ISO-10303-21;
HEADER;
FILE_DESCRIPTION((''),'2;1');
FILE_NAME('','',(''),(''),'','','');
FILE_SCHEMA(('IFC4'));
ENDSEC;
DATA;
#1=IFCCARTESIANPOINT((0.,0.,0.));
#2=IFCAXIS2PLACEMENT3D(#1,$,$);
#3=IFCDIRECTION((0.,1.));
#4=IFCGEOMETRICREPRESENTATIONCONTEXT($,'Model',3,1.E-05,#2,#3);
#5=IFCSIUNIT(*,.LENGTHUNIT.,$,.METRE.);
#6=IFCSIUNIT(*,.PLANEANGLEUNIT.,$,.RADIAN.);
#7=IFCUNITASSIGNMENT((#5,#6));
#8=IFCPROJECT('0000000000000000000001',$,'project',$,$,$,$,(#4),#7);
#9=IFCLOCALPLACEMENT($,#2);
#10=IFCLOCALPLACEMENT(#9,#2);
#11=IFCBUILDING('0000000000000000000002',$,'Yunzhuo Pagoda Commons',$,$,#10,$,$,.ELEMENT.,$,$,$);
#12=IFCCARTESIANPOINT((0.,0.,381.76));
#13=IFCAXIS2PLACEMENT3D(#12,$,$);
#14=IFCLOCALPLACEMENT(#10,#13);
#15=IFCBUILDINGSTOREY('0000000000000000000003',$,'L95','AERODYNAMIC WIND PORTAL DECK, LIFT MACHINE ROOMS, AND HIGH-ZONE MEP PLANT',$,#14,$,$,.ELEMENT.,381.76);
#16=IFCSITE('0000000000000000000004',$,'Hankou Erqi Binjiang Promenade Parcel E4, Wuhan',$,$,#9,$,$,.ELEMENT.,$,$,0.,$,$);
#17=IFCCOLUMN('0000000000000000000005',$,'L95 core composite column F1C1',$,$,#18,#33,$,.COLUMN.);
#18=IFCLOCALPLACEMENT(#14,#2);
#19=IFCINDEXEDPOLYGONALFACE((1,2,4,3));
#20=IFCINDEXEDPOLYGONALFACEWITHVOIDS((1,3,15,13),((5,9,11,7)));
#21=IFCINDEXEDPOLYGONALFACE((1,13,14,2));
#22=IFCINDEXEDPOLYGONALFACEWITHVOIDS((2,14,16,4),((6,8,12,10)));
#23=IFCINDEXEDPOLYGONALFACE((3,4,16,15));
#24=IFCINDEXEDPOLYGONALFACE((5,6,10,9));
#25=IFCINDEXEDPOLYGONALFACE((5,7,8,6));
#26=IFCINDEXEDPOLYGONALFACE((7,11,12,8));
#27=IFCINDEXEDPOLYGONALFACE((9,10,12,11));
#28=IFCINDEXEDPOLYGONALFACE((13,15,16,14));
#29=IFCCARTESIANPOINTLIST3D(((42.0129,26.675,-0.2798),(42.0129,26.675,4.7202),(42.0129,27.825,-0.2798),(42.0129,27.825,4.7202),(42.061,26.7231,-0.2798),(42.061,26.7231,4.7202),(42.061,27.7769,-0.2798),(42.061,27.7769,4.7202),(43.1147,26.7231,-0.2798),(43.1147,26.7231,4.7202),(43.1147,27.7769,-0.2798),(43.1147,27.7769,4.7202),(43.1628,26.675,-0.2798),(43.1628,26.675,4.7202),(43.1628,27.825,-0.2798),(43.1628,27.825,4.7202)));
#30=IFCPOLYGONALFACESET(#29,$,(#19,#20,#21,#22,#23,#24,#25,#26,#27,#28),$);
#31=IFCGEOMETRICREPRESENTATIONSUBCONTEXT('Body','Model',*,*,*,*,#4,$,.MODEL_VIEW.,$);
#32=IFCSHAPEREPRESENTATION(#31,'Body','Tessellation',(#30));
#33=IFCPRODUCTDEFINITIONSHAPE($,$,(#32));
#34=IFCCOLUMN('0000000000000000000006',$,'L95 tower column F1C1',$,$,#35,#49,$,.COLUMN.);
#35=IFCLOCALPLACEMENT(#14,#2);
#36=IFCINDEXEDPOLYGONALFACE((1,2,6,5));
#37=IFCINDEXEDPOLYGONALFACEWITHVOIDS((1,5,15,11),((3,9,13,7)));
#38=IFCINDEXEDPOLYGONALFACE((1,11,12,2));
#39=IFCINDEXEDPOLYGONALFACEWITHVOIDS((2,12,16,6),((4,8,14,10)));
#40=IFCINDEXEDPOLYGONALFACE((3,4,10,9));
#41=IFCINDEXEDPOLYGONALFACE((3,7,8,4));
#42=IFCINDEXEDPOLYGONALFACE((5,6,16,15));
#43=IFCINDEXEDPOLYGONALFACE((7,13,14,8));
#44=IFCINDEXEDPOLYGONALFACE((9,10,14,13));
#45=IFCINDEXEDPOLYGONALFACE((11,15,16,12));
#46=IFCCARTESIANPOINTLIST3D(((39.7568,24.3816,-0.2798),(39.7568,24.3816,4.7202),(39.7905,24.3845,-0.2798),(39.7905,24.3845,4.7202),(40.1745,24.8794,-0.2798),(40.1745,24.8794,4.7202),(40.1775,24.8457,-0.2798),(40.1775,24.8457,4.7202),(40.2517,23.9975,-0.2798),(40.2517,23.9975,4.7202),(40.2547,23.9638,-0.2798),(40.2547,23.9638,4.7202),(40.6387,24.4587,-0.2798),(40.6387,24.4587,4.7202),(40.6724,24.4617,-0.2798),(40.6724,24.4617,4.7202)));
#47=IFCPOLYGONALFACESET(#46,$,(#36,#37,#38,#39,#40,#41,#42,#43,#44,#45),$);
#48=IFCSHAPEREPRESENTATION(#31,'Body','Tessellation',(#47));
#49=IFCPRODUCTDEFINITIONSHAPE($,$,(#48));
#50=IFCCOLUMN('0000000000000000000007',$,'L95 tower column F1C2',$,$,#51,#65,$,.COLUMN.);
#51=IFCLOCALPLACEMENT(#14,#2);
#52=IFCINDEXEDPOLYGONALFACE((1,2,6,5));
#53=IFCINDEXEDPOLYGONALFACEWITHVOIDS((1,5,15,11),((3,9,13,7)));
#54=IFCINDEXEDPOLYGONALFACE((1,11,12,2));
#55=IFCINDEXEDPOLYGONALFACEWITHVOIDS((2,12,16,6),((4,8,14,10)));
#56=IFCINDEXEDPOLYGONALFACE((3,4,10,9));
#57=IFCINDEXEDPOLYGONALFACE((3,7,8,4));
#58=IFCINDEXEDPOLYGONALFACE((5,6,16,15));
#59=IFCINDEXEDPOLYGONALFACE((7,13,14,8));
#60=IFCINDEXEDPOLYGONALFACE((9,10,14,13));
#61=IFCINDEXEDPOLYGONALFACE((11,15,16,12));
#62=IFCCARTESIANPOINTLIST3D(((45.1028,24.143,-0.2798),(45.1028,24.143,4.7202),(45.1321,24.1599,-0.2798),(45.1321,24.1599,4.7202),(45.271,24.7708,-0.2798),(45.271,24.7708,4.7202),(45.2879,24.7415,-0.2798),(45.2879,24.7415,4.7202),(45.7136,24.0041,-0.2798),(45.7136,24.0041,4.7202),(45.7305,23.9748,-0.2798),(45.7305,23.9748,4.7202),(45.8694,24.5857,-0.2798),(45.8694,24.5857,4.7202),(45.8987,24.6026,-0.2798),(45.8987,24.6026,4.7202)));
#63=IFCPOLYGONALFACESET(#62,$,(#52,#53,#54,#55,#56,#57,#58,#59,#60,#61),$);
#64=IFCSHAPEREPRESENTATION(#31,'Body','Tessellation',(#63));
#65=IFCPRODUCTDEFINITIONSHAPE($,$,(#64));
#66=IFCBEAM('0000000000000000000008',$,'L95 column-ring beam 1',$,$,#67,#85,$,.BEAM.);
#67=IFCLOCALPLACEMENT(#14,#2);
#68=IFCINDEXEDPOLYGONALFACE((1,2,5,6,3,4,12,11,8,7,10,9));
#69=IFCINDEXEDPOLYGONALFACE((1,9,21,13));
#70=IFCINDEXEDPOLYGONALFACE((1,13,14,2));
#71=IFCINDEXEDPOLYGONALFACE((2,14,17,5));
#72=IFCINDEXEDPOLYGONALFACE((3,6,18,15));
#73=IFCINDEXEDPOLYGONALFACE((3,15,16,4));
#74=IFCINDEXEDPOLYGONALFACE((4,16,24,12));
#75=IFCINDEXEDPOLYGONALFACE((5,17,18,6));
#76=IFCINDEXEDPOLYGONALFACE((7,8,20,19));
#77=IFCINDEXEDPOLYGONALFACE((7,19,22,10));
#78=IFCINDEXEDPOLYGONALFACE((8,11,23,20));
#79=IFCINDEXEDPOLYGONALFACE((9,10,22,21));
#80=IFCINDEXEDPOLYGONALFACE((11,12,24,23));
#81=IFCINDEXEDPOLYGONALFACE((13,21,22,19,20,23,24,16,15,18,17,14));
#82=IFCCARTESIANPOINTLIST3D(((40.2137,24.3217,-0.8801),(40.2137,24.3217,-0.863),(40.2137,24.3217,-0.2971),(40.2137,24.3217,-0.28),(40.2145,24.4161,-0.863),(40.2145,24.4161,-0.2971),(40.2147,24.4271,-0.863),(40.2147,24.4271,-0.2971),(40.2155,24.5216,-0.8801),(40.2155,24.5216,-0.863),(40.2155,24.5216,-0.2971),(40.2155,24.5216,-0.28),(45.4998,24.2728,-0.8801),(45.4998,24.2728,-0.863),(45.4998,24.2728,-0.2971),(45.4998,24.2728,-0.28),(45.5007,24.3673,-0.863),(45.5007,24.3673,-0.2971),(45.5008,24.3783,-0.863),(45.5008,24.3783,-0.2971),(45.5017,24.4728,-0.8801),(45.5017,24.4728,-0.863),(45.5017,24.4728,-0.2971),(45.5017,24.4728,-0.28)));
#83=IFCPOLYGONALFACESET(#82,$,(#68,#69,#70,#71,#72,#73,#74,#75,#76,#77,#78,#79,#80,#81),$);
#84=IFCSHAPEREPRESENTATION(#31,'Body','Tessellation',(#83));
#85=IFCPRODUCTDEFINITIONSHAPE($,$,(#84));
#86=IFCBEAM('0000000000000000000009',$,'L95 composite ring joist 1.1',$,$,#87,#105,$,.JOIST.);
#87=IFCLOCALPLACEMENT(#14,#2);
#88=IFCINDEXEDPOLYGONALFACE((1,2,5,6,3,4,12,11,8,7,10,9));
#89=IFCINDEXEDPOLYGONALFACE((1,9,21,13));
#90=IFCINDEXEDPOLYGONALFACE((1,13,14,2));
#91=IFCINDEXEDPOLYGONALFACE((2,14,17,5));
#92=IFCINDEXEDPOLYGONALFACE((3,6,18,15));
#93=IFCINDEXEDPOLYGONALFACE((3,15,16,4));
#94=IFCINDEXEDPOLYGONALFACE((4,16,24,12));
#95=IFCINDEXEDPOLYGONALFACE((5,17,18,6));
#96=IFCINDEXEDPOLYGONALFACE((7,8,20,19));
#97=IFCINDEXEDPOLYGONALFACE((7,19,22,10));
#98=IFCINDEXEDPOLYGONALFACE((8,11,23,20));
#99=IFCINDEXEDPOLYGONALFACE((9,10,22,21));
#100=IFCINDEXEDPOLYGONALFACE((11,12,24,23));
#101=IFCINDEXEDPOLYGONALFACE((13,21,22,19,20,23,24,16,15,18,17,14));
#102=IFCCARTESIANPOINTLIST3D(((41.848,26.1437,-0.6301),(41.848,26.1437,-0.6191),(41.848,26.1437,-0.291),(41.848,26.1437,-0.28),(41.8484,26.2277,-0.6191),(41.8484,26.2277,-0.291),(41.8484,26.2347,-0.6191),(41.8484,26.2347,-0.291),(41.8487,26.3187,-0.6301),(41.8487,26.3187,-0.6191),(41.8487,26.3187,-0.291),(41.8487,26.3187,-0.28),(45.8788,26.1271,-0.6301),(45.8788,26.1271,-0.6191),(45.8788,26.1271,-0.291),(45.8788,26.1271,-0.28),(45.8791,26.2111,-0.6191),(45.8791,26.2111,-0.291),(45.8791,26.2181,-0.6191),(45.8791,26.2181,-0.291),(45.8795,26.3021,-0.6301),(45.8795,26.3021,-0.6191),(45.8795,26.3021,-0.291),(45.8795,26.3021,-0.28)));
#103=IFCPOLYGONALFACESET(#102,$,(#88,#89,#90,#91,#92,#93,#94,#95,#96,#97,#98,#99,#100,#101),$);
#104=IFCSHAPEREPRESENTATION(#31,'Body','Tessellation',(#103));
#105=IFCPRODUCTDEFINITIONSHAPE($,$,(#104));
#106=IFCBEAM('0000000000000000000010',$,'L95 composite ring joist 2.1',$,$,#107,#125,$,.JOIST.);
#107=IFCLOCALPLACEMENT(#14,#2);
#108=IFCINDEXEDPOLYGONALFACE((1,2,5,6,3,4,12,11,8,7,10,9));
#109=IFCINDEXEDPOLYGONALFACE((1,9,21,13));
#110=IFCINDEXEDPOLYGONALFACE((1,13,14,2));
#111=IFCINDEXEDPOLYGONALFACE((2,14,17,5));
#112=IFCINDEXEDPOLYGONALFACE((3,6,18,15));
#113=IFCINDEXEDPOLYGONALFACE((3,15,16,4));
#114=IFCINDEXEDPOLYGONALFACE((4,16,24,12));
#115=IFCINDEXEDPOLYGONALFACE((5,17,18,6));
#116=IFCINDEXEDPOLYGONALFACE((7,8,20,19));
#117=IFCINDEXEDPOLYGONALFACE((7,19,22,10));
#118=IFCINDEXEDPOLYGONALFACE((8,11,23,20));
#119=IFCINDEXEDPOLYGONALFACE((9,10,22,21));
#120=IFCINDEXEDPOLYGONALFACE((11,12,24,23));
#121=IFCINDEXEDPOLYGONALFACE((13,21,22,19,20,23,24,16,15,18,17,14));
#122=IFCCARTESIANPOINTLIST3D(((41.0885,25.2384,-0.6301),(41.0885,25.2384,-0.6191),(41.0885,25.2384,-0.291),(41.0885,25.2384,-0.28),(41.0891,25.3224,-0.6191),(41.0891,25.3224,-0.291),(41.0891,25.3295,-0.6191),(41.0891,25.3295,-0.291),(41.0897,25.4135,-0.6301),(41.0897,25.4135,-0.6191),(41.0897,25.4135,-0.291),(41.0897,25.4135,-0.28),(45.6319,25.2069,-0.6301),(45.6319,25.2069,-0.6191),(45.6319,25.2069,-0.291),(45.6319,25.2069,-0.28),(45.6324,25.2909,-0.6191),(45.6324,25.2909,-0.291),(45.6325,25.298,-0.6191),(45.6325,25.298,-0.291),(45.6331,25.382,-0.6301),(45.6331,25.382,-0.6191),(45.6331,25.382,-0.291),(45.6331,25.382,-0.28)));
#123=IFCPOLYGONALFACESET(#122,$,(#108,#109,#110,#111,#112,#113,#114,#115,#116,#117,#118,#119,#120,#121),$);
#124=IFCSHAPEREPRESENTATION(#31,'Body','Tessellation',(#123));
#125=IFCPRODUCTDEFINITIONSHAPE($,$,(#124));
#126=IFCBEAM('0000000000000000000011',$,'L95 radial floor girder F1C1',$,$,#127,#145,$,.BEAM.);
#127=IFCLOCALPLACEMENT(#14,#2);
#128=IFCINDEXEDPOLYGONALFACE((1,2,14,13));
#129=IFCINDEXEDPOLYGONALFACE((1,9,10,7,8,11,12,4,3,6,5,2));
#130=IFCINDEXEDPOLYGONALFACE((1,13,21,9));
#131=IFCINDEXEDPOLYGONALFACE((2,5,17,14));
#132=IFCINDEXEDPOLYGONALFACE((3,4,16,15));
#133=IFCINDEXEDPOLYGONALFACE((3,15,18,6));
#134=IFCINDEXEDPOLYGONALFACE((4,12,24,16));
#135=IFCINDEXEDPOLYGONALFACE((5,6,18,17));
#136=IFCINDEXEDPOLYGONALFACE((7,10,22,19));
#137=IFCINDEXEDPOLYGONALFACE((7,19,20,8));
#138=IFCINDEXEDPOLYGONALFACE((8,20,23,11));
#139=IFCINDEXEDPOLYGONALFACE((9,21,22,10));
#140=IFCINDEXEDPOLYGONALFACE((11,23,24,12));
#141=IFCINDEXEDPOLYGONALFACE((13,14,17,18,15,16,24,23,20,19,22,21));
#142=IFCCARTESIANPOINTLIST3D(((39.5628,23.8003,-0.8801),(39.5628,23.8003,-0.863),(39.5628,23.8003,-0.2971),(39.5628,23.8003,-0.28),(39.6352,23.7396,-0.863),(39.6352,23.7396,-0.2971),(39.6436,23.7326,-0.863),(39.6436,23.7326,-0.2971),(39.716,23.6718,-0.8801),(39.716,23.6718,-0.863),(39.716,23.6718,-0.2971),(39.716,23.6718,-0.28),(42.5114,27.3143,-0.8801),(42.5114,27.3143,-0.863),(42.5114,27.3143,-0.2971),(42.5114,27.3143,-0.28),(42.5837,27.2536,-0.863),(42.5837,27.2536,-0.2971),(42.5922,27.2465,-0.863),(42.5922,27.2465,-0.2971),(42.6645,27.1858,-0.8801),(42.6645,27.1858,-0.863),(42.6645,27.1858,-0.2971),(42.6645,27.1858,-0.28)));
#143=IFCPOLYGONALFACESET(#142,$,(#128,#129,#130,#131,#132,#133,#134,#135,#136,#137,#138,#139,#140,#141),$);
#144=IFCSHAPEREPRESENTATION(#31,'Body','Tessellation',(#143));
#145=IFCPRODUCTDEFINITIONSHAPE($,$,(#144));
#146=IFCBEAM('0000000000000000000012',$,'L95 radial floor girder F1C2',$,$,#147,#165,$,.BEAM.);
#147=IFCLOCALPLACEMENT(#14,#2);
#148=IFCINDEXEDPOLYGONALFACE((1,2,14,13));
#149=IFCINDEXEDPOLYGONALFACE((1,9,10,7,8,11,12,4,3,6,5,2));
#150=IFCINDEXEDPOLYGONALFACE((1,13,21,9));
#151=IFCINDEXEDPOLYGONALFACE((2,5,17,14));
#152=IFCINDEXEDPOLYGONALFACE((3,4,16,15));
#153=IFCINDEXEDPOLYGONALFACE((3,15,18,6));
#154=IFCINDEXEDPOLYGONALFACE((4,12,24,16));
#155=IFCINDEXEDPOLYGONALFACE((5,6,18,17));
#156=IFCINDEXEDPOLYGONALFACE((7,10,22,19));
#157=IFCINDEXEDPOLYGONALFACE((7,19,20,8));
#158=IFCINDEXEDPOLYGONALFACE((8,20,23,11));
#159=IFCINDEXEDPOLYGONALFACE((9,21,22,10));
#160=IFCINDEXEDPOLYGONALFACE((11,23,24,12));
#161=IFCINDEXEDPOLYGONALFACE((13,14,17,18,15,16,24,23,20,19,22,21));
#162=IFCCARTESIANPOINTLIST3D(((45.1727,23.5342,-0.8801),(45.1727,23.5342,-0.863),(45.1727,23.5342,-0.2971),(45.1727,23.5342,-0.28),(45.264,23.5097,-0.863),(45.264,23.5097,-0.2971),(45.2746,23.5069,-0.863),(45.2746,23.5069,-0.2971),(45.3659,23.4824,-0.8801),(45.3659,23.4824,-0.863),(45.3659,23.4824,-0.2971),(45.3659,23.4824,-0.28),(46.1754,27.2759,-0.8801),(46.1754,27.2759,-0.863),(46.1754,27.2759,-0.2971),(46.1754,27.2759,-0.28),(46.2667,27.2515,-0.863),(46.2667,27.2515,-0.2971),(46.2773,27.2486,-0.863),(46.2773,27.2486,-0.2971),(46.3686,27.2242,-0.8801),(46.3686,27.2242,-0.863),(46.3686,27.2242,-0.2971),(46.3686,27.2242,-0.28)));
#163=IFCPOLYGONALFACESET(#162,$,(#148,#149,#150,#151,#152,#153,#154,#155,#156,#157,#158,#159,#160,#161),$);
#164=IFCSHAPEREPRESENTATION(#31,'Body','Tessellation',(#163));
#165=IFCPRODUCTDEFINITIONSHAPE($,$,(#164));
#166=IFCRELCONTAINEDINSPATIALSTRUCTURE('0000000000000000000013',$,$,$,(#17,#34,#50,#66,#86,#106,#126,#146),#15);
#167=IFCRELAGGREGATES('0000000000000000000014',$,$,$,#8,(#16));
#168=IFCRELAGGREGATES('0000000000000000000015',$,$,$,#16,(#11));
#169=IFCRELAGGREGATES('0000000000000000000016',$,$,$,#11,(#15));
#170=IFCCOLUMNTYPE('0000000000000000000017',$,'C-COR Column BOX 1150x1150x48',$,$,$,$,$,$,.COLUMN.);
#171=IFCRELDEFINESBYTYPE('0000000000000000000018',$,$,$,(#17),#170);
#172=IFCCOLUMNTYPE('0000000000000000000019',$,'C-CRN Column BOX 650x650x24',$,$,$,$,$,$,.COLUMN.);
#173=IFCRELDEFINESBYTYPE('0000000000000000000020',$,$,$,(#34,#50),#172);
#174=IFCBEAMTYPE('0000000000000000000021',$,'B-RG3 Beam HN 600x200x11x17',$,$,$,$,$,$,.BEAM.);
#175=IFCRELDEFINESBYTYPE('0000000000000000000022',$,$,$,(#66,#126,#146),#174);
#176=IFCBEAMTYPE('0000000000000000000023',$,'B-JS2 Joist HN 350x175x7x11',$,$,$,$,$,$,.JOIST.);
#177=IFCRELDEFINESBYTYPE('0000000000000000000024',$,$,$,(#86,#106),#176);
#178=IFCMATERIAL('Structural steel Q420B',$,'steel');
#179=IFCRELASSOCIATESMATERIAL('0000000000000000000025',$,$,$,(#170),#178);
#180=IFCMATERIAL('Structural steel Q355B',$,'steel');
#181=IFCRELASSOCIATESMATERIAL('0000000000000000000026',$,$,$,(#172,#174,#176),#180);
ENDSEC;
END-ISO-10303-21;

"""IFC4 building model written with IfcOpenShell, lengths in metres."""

from ifc_helpers import new_model, si_unit, direction, frame, origin, origin_2d, place, context, subcontext, project, spatial, hollow_rectangle, i_section, extrude, source, transform, mapped, material, material_profile, profile_set, type_object, element, save


model = new_model("IFC4")

# Units and contexts
model_context = context("Model", 3, precision=1e-05, world=origin(), true_north=direction((0.0, 1.0)))
body_context = subcontext(model_context, "Body", "Model", "MODEL_VIEW")
ifc_project = project(units=[si_unit("LENGTHUNIT", "METRE"), si_unit("PLANEANGLEUNIT", "RADIAN")], contexts=[model_context])

# Site, building, storey
site_placement = place(None, origin())
site = spatial("IfcSite", under=ifc_project, at=site_placement, Name="Hankou Erqi Binjiang Promenade Parcel E4, Wuhan", CompositionType="ELEMENT", RefElevation=0.0)
building_placement = place(site_placement, origin())
building = spatial("IfcBuilding", under=site, at=building_placement, Name="Yunzhuo Pagoda Commons", CompositionType="ELEMENT")
storey_placement = place(building_placement, frame((0.0, 0.0, 381.76)))
storey = spatial("IfcBuildingStorey", under=building, at=storey_placement, Name="L95", Description="AERODYNAMIC WIND PORTAL DECK, LIFT MACHINE ROOMS, AND HIGH-ZONE MEP PLANT", CompositionType="ELEMENT", Elevation=381.76)

# Columns
ifc_material_1 = material(Name="Structural steel Q420B", Category="steel")
ifc_material_profile_1 = material_profile(ifc_material_1, hollow_rectangle(XDim=1.1499, YDim=1.1499, WallThickness=0.0481, at=origin_2d()), Name="Structural steel Q420B")
ifc_profile_set_1 = profile_set([ifc_material_profile_1], Name="Structural steel Q420B")
column_type_1 = type_object("IfcColumnType", Name="C-COR Column BOX 1150x1150x48", PredefinedType="COLUMN", material=ifc_profile_set_1)
shared_shape_1 = source(origin(), body_context, "Body", "SweptSolid", [
    extrude(hollow_rectangle(XDim=1.1499, YDim=1.1499, WallThickness=0.0481, at=origin_2d()), origin(), (0.0, 0.0, 1.0), 5.0),
])
column_placement = place(storey_placement, frame((42.5879, 27.25, -0.2798), z_axis=(0.0, 0.0, 1.0), x_axis=(1.0, 0.0, 0.0)))
element("IfcColumn", 1, at=column_placement, inside=storey, type_object=column_type_1, Name="L95 core composite column F1C1", PredefinedType="COLUMN", context=body_context, shape_type="MappedRepresentation", body=[
    mapped(shared_shape_1, transform((0.0, 0.0, 0.0), scale=1.0)),
])
ifc_material_2 = material(Name="Structural steel Q355B", Category="steel")
ifc_material_profile_2 = material_profile(ifc_material_2, hollow_rectangle(XDim=0.6499, YDim=0.6499, WallThickness=0.0239, at=origin_2d()), Name="Structural steel Q355B")
ifc_profile_set_2 = profile_set([ifc_material_profile_2], Name="Structural steel Q355B")
column_type_2 = type_object("IfcColumnType", Name="C-CRN Column BOX 650x650x24", PredefinedType="COLUMN", material=ifc_profile_set_2)
shared_shape_2 = source(origin(), body_context, "Body", "SweptSolid", [
    extrude(hollow_rectangle(XDim=0.6499, YDim=0.6499, WallThickness=0.0239, at=origin_2d()), origin(), (0.0, 0.0, 1.0), 5.0),
])
for number, where, z_axis, x_axis, name in (
    (2, (40.2146, 24.4216, -0.2798), (0.0, 0.0, 1.0), (0.766044, -0.642788, 0.0), "L95 tower column F1C1"),
    (3, (45.5007, 24.3728, -0.2798), (0.0, 0.0, 1.0), (0.965926, -0.258819, 0.0), "L95 tower column F1C2"),
):
    element("IfcColumn", number, at=place(storey_placement, frame(where, z_axis=z_axis, x_axis=x_axis)), inside=storey, type_object=column_type_2, Name=name, PredefinedType="COLUMN", context=body_context, shape_type="MappedRepresentation", body=[
        mapped(shared_shape_2, transform((0.0, 0.0, 0.0), scale=1.0)),
    ])

# Beams
ifc_material_profile_3 = material_profile(ifc_material_2, i_section(OverallWidth=0.2, OverallDepth=0.6001, WebThickness=0.011, FlangeThickness=0.0171, at=origin_2d()), Name="Structural steel Q355B")
ifc_profile_set_3 = profile_set([ifc_material_profile_3], Name="Structural steel Q355B")
beam_type_1 = type_object("IfcBeamType", Name="B-RG3 Beam HN 600x200x11x17", PredefinedType="BEAM", material=ifc_profile_set_3)
shared_shape_3 = source(origin(), body_context, "Body", "SweptSolid", [
    extrude(i_section(OverallWidth=0.2, OverallDepth=0.6001, WebThickness=0.011, FlangeThickness=0.0171, at=origin_2d()), origin(), (0.0, 0.0, 1.0), 5.2864),
])
beam_1_placement = place(storey_placement, frame((40.2146, 24.4216, -0.5801), z_axis=(0.999957, -0.009237, 0.0), x_axis=(0.009237, 0.999957, 0.0)))
element("IfcBeam", 4, at=beam_1_placement, inside=storey, type_object=beam_type_1, Name="L95 column-ring beam 1", PredefinedType="BEAM", context=body_context, shape_type="MappedRepresentation", body=[
    mapped(shared_shape_3, transform((0.0, 0.0, 0.0), scale=1.0)),
])
ifc_material_profile_4 = material_profile(ifc_material_2, i_section(OverallWidth=0.175, OverallDepth=0.3501, WebThickness=0.0071, FlangeThickness=0.011, at=origin_2d()), Name="Structural steel Q355B")
ifc_profile_set_4 = profile_set([ifc_material_profile_4], Name="Structural steel Q355B")
beam_type_2 = type_object("IfcBeamType", Name="B-JS2 Joist HN 350x175x7x11", PredefinedType="JOIST", material=ifc_profile_set_4)
shared_shape_4 = source(origin(), body_context, "Body", "SweptSolid", [
    extrude(i_section(OverallWidth=0.175, OverallDepth=0.3501, WebThickness=0.0071, FlangeThickness=0.011, at=origin_2d()), origin(), (0.0, 0.0, 1.0), 4.0308),
])
beam_2_placement = place(storey_placement, frame((41.8484, 26.2312, -0.4551), z_axis=(0.999992, -0.004119, 0.0), x_axis=(0.004119, 0.999992, 0.0)))
element("IfcBeam", 5, at=beam_2_placement, inside=storey, type_object=beam_type_2, Name="L95 composite ring joist 1.1", PredefinedType="JOIST", context=body_context, shape_type="MappedRepresentation", body=[
    mapped(shared_shape_4, transform((0.0, 0.0, 0.0), scale=1.0)),
])
shared_shape_5 = source(origin(), body_context, "Body", "SweptSolid", [
    extrude(i_section(OverallWidth=0.175, OverallDepth=0.3501, WebThickness=0.0071, FlangeThickness=0.011, at=origin_2d()), origin(), (0.0, 0.0, 1.0), 4.5435),
])
beam_3_placement = place(storey_placement, frame((41.0891, 25.3259, -0.4551), z_axis=(0.999976, -0.006932, 0.0), x_axis=(0.006932, 0.999976, 0.0)))
element("IfcBeam", 6, at=beam_3_placement, inside=storey, type_object=beam_type_2, Name="L95 composite ring joist 2.1", PredefinedType="JOIST", context=body_context, shape_type="MappedRepresentation", body=[
    mapped(shared_shape_5, transform((0.0, 0.0, 0.0), scale=1.0)),
])
shared_shape_6 = source(origin(), body_context, "Body", "SweptSolid", [
    extrude(i_section(OverallWidth=0.2, OverallDepth=0.6001, WebThickness=0.011, FlangeThickness=0.0171, at=origin_2d()), origin(), (0.0, 0.0, 1.0), 4.5872),
])
beam_4_placement = place(storey_placement, frame((39.6394, 23.7361, -0.5801), z_axis=(0.642783, 0.766049, 0.0), x_axis=(-0.766049, 0.642783, 0.0)))
element("IfcBeam", 7, at=beam_4_placement, inside=storey, type_object=beam_type_1, Name="L95 radial floor girder F1C1", PredefinedType="BEAM", context=body_context, shape_type="MappedRepresentation", body=[
    mapped(shared_shape_6, transform((0.0, 0.0, 0.0), scale=1.0)),
])
shared_shape_7 = source(origin(), body_context, "Body", "SweptSolid", [
    extrude(i_section(OverallWidth=0.2, OverallDepth=0.6001, WebThickness=0.011, FlangeThickness=0.0171, at=origin_2d()), origin(), (0.0, 0.0, 1.0), 3.8738),
])
beam_5_placement = place(storey_placement, frame((45.2693, 23.5083, -0.5801), z_axis=(0.258843, 0.965919, 0.0), x_axis=(-0.965919, 0.258843, 0.0)))
element("IfcBeam", 8, at=beam_5_placement, inside=storey, type_object=beam_type_1, Name="L95 radial floor girder F1C2", PredefinedType="BEAM", context=body_context, shape_type="MappedRepresentation", body=[
    mapped(shared_shape_7, transform((0.0, 0.0, 0.0), scale=1.0)),
])

save(model, "model.ifc")
